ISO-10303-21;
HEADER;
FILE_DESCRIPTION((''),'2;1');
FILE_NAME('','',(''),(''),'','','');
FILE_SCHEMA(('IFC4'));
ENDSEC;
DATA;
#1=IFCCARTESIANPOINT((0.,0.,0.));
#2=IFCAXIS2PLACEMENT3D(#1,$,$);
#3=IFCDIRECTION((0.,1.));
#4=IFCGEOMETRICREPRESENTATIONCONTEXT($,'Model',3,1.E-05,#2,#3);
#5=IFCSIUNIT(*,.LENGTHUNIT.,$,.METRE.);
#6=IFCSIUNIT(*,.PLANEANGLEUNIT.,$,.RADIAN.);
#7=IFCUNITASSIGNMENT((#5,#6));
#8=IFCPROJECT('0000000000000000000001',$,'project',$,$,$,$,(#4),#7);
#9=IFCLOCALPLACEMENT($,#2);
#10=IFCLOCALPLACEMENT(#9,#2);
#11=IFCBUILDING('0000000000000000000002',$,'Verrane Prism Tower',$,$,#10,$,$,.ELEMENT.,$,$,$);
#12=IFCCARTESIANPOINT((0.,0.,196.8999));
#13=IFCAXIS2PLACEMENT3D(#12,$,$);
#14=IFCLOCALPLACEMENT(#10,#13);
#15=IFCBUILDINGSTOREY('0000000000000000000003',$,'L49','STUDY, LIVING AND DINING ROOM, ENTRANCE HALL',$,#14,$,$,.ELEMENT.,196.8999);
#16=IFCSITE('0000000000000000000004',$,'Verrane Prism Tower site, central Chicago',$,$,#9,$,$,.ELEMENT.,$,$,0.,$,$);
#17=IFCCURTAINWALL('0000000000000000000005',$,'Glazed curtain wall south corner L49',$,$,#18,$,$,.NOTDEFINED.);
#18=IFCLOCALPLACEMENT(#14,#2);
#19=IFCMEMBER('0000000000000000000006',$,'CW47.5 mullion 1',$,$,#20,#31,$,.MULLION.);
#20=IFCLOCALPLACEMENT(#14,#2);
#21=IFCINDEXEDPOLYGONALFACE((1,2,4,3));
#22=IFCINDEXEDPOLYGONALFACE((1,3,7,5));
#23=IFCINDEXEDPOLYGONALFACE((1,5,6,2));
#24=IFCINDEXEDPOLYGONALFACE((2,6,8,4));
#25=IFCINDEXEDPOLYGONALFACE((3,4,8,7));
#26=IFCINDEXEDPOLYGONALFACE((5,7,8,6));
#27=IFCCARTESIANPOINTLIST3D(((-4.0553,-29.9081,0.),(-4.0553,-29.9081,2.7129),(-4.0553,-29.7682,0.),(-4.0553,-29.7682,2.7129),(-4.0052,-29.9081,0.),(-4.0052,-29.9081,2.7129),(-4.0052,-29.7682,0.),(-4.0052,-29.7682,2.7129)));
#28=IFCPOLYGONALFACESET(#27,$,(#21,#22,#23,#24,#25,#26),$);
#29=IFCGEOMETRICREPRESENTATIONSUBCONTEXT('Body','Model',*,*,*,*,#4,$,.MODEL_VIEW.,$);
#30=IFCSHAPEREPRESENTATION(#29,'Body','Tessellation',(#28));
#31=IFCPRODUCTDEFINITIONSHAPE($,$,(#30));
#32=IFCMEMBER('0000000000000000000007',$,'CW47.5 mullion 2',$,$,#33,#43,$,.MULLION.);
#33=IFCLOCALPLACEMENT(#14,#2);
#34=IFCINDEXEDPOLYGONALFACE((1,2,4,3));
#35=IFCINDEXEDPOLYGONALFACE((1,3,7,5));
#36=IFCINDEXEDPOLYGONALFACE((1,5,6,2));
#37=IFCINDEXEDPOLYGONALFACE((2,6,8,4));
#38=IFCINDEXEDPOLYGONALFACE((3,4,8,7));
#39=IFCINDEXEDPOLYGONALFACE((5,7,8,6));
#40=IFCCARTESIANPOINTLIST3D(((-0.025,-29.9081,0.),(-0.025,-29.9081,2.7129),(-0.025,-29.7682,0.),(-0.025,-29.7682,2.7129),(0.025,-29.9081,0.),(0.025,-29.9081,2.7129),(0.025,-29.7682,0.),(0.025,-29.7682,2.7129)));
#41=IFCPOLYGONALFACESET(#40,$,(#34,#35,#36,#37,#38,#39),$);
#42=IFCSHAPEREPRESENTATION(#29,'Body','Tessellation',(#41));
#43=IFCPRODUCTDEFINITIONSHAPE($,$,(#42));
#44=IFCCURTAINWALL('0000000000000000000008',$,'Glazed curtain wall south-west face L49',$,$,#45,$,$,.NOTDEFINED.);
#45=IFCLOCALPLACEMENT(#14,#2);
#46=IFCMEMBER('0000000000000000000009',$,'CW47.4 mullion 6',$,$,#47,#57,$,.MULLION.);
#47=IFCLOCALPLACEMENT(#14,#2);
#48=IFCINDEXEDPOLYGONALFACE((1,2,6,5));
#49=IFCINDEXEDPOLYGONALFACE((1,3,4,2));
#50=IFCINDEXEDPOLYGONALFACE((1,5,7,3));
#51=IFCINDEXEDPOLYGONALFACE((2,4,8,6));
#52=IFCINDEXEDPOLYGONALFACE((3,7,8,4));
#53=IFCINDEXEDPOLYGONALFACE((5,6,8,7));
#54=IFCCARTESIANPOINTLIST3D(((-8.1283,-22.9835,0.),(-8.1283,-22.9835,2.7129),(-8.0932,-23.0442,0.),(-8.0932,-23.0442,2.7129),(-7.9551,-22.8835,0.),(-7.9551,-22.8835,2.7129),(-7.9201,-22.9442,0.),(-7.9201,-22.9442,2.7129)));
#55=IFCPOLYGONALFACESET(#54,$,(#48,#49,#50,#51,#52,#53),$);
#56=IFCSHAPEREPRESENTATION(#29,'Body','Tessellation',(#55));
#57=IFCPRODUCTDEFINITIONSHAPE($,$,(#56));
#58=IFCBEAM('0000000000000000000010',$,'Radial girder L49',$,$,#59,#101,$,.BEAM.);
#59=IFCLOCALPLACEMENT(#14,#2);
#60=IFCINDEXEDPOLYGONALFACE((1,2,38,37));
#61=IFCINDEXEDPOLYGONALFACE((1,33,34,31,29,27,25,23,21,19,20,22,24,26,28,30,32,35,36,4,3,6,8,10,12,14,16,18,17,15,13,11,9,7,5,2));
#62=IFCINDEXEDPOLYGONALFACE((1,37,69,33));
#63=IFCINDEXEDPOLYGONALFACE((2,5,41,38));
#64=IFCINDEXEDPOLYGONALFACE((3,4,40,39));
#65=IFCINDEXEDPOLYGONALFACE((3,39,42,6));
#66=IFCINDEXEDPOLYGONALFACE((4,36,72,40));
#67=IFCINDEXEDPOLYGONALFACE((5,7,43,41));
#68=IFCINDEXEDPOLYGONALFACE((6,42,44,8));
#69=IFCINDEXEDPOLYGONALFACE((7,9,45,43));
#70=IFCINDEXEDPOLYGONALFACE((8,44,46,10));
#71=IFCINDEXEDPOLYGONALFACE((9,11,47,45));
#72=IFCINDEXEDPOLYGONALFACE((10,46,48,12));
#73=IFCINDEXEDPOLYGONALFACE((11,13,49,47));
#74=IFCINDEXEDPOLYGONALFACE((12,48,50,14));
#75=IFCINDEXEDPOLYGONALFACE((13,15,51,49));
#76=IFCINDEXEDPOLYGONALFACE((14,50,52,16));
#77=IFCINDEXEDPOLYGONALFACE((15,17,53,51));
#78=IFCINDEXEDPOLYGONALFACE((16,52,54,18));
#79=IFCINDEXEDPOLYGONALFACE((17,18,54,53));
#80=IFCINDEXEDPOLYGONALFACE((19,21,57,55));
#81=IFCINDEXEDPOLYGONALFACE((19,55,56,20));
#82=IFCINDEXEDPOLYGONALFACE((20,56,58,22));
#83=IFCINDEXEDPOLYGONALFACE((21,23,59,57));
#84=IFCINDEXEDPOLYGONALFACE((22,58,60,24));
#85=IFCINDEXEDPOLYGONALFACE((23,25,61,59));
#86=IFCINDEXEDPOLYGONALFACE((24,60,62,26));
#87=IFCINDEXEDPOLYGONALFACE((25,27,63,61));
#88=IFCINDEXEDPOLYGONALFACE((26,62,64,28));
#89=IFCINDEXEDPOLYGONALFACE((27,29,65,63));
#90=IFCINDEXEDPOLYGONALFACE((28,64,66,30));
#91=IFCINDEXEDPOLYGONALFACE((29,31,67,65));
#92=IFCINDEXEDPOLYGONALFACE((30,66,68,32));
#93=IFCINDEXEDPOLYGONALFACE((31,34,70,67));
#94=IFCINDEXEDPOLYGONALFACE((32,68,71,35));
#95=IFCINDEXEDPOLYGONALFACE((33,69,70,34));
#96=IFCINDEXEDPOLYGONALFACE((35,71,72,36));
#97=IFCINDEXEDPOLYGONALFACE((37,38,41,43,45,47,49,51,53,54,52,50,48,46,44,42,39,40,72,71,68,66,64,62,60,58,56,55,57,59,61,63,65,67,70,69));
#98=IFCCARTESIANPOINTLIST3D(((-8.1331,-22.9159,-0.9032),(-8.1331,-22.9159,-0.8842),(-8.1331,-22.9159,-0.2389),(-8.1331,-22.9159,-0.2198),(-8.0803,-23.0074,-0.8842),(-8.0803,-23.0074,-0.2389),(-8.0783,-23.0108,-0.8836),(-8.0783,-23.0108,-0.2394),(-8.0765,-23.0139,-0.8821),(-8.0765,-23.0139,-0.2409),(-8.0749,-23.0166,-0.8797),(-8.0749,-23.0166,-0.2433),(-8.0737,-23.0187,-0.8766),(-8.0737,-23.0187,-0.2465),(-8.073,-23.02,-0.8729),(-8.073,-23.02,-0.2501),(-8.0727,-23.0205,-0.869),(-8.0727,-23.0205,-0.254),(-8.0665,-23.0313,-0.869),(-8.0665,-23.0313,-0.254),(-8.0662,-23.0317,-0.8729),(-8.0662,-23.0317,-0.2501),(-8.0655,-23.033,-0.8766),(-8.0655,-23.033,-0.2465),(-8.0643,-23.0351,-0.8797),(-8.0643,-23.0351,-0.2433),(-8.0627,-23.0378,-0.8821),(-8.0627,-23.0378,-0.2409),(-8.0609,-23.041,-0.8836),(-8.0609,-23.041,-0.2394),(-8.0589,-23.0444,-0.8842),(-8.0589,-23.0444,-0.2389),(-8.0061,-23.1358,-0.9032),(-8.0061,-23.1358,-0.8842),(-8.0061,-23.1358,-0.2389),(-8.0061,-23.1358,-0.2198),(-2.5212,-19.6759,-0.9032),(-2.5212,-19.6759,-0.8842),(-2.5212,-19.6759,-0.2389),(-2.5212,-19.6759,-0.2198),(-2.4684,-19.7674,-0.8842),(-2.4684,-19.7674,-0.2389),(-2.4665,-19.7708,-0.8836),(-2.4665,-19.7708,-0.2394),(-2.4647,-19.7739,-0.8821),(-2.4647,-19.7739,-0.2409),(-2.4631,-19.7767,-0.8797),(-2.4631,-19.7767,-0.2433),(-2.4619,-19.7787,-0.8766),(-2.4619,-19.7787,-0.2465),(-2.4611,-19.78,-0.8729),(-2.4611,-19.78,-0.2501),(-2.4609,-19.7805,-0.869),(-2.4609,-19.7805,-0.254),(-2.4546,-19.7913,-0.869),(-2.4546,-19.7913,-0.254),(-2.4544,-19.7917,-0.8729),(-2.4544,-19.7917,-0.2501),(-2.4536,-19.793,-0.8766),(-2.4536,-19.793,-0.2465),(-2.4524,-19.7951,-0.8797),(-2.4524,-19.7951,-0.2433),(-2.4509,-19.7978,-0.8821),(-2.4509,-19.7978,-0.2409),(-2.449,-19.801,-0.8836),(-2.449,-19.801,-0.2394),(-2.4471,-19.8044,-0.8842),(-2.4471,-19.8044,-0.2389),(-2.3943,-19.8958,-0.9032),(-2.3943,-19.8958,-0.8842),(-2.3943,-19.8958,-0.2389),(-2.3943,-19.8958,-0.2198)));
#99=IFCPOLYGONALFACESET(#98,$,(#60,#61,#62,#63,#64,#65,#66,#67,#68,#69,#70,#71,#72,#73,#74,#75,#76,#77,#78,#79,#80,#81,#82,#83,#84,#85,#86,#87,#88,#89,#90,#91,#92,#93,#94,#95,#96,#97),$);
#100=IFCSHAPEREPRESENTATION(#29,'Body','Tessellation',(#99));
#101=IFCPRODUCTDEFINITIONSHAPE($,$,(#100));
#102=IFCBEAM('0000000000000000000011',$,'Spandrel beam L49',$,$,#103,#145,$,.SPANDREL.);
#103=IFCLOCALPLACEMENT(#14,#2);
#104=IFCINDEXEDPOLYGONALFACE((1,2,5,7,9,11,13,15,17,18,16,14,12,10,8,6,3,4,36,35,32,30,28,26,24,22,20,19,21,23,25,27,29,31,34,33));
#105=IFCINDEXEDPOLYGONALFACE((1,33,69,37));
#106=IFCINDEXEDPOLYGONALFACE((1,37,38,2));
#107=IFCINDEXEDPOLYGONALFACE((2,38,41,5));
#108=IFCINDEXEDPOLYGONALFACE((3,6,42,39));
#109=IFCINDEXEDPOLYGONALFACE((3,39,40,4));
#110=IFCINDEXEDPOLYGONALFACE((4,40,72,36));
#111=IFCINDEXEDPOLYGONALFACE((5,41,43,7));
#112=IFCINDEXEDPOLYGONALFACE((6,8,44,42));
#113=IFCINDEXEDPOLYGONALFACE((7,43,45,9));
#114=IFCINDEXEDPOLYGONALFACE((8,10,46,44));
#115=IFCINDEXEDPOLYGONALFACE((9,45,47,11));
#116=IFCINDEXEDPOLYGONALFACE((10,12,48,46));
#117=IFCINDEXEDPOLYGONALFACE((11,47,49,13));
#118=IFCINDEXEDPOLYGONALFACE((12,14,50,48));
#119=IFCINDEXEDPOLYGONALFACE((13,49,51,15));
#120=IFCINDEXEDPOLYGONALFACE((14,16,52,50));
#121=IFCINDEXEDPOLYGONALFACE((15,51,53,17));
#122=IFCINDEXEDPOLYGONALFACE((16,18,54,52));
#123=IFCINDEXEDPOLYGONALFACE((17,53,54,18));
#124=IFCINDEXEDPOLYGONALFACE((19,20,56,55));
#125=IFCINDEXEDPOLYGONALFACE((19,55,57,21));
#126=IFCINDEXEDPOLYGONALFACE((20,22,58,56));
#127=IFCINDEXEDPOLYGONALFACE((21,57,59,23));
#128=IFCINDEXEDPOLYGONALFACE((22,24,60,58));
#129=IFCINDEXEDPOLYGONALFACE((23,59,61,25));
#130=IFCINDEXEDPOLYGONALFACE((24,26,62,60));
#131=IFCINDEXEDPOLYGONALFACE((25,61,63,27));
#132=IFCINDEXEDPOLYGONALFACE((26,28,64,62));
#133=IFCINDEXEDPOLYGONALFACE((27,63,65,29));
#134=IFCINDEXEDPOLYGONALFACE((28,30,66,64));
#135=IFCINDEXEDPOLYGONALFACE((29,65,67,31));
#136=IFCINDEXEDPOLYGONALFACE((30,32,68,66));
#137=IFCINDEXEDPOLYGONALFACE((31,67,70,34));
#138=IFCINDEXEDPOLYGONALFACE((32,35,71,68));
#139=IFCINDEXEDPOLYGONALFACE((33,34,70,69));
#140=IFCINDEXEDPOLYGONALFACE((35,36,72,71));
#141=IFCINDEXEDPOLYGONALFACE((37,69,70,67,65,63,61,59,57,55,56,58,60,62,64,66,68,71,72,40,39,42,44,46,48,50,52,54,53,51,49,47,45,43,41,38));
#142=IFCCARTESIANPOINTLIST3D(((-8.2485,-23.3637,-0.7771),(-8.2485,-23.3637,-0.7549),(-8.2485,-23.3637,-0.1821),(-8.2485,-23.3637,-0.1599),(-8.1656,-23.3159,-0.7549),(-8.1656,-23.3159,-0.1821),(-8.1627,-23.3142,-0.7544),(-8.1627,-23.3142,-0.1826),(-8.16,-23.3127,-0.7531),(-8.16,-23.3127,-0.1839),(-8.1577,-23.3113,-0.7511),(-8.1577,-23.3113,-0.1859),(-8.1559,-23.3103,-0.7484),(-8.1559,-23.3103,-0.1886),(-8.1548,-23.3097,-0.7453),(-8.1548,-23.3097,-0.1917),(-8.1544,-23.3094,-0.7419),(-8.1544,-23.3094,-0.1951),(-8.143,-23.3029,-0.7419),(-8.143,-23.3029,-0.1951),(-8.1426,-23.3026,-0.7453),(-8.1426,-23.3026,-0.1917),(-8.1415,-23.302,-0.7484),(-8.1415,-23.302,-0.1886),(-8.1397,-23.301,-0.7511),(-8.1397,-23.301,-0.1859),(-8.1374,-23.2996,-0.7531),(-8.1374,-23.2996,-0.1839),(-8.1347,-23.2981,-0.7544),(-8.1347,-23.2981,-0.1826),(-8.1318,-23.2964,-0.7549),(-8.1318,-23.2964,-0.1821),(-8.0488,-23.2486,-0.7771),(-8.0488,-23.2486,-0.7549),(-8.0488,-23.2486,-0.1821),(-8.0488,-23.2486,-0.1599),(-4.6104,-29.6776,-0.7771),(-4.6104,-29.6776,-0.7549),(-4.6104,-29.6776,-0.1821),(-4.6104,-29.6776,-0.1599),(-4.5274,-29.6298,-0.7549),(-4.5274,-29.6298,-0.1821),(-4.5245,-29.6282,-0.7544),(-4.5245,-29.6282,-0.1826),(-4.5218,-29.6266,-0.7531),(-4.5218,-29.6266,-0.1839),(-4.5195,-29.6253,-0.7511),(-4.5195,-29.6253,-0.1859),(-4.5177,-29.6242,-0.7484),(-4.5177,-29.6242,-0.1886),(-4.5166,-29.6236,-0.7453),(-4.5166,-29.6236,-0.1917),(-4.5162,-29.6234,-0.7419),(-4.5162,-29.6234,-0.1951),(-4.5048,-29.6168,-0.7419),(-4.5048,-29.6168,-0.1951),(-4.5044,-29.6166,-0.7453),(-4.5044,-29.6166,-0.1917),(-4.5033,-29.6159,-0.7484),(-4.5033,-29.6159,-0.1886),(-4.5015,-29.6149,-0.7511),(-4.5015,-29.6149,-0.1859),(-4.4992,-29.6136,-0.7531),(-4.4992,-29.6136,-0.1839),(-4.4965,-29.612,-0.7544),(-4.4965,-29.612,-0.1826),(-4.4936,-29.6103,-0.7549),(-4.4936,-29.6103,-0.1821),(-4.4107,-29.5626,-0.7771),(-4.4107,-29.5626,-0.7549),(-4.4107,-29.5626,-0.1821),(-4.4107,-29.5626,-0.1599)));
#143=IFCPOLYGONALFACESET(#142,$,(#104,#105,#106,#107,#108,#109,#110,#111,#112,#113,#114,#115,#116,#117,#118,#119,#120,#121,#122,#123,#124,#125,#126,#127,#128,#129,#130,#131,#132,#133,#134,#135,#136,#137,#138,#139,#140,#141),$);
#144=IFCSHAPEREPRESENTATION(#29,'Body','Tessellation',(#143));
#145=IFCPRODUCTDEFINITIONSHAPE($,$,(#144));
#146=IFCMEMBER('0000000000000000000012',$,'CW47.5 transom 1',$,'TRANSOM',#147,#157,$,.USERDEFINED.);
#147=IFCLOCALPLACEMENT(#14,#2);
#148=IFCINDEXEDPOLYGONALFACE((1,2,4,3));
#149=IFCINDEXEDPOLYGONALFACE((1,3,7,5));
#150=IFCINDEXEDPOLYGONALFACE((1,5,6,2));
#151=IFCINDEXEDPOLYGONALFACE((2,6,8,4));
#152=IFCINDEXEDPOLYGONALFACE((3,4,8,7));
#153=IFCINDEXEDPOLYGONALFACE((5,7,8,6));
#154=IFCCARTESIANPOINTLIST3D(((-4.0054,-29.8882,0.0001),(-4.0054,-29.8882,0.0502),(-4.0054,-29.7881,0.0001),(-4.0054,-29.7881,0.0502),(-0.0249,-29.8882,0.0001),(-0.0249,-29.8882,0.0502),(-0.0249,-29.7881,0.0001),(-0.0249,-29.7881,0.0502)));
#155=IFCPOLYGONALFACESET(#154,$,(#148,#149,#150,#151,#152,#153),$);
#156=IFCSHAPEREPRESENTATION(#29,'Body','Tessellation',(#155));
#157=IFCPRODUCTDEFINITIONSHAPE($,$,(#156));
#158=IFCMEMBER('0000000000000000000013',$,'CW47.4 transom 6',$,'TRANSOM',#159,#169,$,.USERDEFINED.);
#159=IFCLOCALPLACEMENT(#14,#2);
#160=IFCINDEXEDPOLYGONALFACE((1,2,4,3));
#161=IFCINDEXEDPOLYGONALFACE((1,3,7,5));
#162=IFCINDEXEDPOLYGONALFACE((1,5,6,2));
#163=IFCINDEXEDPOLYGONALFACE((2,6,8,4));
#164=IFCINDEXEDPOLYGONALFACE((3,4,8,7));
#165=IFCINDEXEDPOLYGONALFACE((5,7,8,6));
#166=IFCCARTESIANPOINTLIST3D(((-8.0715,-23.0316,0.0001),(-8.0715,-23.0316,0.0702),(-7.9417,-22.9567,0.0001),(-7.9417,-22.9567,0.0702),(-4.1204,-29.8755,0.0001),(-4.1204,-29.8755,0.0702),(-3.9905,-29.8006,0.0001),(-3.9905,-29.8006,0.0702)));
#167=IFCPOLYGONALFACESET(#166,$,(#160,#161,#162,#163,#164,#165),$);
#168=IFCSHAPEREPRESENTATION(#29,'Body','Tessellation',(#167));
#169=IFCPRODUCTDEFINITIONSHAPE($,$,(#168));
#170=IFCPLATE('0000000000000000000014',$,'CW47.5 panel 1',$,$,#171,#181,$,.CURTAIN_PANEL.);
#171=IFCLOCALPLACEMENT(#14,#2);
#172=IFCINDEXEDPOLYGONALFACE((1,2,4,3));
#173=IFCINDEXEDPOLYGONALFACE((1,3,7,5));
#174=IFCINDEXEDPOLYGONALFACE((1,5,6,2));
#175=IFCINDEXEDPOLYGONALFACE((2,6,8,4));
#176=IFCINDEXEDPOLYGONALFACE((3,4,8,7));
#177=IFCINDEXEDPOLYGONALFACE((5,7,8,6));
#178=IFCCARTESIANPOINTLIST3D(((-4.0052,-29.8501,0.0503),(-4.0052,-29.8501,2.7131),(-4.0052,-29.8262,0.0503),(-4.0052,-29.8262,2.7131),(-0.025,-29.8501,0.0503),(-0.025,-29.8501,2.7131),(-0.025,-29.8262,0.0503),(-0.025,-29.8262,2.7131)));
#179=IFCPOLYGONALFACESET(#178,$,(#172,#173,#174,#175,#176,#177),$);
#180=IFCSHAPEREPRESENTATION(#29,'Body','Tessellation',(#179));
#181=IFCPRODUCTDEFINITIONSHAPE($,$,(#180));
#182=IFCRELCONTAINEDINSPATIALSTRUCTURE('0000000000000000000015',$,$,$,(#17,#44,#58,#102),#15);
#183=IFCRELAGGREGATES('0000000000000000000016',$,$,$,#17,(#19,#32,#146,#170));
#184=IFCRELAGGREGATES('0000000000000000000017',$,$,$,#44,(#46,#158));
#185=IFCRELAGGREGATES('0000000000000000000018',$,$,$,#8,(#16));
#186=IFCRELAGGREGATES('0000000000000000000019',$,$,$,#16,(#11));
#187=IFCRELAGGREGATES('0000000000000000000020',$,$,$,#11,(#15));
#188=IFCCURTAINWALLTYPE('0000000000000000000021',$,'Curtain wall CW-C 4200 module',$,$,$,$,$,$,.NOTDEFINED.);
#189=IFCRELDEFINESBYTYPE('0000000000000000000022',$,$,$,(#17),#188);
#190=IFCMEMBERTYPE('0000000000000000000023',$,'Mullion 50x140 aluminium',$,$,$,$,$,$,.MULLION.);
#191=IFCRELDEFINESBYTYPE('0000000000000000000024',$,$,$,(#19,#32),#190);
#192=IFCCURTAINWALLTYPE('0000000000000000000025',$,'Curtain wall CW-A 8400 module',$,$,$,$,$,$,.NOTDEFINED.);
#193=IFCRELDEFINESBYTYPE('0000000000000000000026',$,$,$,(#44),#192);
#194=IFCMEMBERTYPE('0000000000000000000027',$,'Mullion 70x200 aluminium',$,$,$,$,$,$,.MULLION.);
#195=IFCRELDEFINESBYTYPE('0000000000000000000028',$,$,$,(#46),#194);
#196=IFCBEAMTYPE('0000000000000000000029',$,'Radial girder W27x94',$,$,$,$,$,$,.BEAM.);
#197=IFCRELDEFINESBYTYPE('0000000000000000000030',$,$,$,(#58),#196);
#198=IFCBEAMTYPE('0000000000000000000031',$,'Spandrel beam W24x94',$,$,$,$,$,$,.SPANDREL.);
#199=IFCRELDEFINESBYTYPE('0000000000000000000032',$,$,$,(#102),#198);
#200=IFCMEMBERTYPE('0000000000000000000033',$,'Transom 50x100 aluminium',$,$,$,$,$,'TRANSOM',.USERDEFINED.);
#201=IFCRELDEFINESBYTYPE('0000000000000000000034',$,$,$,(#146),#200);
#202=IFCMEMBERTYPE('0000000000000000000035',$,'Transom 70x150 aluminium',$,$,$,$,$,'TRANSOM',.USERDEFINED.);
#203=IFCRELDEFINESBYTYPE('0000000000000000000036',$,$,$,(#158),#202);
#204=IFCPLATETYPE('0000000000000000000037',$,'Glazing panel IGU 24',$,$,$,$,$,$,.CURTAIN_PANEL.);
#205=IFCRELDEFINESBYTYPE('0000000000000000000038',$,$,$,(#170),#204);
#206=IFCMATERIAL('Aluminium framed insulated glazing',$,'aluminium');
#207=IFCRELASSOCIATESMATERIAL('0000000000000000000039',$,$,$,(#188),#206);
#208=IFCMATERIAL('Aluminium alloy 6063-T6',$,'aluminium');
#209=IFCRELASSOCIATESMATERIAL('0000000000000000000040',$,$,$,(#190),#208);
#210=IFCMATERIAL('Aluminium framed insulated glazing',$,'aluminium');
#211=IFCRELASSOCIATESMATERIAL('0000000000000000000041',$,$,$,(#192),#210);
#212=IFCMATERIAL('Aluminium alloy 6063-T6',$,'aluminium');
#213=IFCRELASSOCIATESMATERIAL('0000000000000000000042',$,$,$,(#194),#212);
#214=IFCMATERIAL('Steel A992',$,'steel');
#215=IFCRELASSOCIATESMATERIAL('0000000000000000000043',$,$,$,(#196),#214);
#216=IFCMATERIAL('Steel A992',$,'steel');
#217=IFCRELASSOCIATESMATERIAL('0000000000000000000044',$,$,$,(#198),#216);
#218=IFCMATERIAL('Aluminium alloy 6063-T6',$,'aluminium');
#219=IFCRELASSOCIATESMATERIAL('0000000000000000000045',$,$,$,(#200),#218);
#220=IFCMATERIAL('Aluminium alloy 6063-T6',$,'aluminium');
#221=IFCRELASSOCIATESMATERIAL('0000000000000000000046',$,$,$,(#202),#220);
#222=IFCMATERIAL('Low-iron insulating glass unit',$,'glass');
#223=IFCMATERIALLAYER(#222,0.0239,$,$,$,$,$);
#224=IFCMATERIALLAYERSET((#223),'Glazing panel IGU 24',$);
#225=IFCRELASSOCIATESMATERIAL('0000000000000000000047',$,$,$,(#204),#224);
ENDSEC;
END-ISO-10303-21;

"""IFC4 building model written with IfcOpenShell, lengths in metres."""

from ifc_helpers import new_model, si_unit, direction, frame, origin, origin_2d, place, context, subcontext, project, spatial, rectangle, i_section, extrude, material, layer, layer_set, material_profile, profile_set, type_object, element, aggregate, save


model = new_model("IFC4")

# Units and contexts
model_context = context("Model", 3, precision=1e-05, world=origin(), true_north=direction((0.0, 1.0)))
body_context = subcontext(model_context, "Body", "Model", "MODEL_VIEW")
ifc_project = project(units=[si_unit("LENGTHUNIT", "METRE"), si_unit("PLANEANGLEUNIT", "RADIAN")], contexts=[model_context])

# Site, building, storey
site_placement = place(None, origin())
site = spatial("IfcSite", under=ifc_project, at=site_placement, Name="Verrane Prism Tower site, central Chicago", CompositionType="ELEMENT", RefElevation=0.0)
building_placement = place(site_placement, origin())
building = spatial("IfcBuilding", under=site, at=building_placement, Name="Verrane Prism Tower", CompositionType="ELEMENT")
storey_placement = place(building_placement, frame((0.0, 0.0, 196.8999)))
storey = spatial("IfcBuildingStorey", under=building, at=storey_placement, Name="L49", Description="STUDY, LIVING AND DINING ROOM, ENTRANCE HALL", CompositionType="ELEMENT", Elevation=196.8999)

# Curtain wall, members
ifc_material_1 = material(Name="Aluminium framed insulated glazing", Category="aluminium")
curtain_wall_type_1 = type_object("IfcCurtainWallType", Name="Curtain wall CW-C 4200 module", PredefinedType="NOTDEFINED", material=ifc_material_1)
curtain_wall_1_placement = place(storey_placement, origin())
curtain_wall_1 = element("IfcCurtainWall", 1, at=curtain_wall_1_placement, inside=storey, type_object=curtain_wall_type_1, Name="Glazed curtain wall south corner L49", PredefinedType="NOTDEFINED")
ifc_material_2 = material(Name="Aluminium alloy 6063-T6", Category="aluminium")
ifc_material_profile_1 = material_profile(ifc_material_2, rectangle(XDim=0.1399, YDim=0.05, at=origin_2d()), Name="Mullion 50x140 aluminium")
ifc_profile_set_1 = profile_set([ifc_material_profile_1], Name="Aluminium alloy 6063-T6")
member_type_1 = type_object("IfcMemberType", Name="Mullion 50x140 aluminium", PredefinedType="MULLION", material=ifc_profile_set_1)
member_1_placement = place(storey_placement, frame((-4.0303, -29.8381, 0.0), z_axis=(0.0, 0.0, 1.0), x_axis=(0.0, 1.0, 0.0)))
member_1 = element("IfcMember", 2, at=member_1_placement, type_object=member_type_1, Name="CW47.5 mullion 1", PredefinedType="MULLION", context=body_context, shape_type="SweptSolid", body=[
    extrude(rectangle(XDim=0.1399, YDim=0.05, at=origin_2d()), origin(), (0.0, 0.0, 1.0), 2.7129),
])
member_2_placement = place(storey_placement, frame((0.0, -29.8381, 0.0), z_axis=(0.0, 0.0, 1.0), x_axis=(0.0, 1.0, 0.0)))
member_2 = element("IfcMember", 3, at=member_2_placement, type_object=member_type_1, Name="CW47.5 mullion 2", PredefinedType="MULLION", context=body_context, shape_type="SweptSolid", body=[
    extrude(rectangle(XDim=0.1399, YDim=0.05, at=origin_2d()), origin(), (0.0, 0.0, 1.0), 2.7129),
])

# Curtain wall, member
ifc_material_3 = material(Name="Aluminium framed insulated glazing", Category="aluminium")
curtain_wall_type_2 = type_object("IfcCurtainWallType", Name="Curtain wall CW-A 8400 module", PredefinedType="NOTDEFINED", material=ifc_material_3)
curtain_wall_2_placement = place(storey_placement, origin())
curtain_wall_2 = element("IfcCurtainWall", 4, at=curtain_wall_2_placement, inside=storey, type_object=curtain_wall_type_2, Name="Glazed curtain wall south-west face L49", PredefinedType="NOTDEFINED")
ifc_material_4 = material(Name="Aluminium alloy 6063-T6", Category="aluminium")
ifc_material_profile_2 = material_profile(ifc_material_4, rectangle(XDim=0.2, YDim=0.0701, at=origin_2d()), Name="Mullion 70x200 aluminium")
ifc_profile_set_2 = profile_set([ifc_material_profile_2], Name="Aluminium alloy 6063-T6")
member_type_2 = type_object("IfcMemberType", Name="Mullion 70x200 aluminium", PredefinedType="MULLION", material=ifc_profile_set_2)
member_3_placement = place(storey_placement, frame((-8.0242, -22.9639, 0.0), z_axis=(0.0, 0.0, 1.0), x_axis=(0.866026, 0.5, 0.0)))
member_3 = element("IfcMember", 5, at=member_3_placement, type_object=member_type_2, Name="CW47.4 mullion 6", PredefinedType="MULLION", context=body_context, shape_type="SweptSolid", body=[
    extrude(rectangle(XDim=0.2, YDim=0.0701, at=origin_2d()), origin(), (0.0, 0.0, 1.0), 2.7129),
])

# Beams
ifc_material_5 = material(Name="Steel A992", Category="steel")
ifc_material_profile_3 = material_profile(ifc_material_5, i_section(OverallWidth=0.2539, OverallDepth=0.6833, WebThickness=0.0125, FlangeThickness=0.019, FilletRadius=0.0151, at=origin_2d()), Name="W27x94")
ifc_profile_set_3 = profile_set([ifc_material_profile_3], Name="Steel A992")
beam_type_1 = type_object("IfcBeamType", Name="Radial girder W27x94", PredefinedType="BEAM", material=ifc_profile_set_3)
beam_1_placement = place(storey_placement, frame((-8.0696, -23.0259, -0.5615), z_axis=(0.866025, 0.500001, 0.0), x_axis=(-0.500001, 0.866025, 0.0)))
element("IfcBeam", 6, at=beam_1_placement, inside=storey, type_object=beam_type_1, Name="Radial girder L49", PredefinedType="BEAM", context=body_context, shape_type="SweptSolid", body=[
    extrude(i_section(OverallWidth=0.2539, OverallDepth=0.6833, WebThickness=0.0125, FlangeThickness=0.019, FilletRadius=0.0151, at=origin_2d()), origin(), (0.0, 0.0, 1.0), 6.48),
])
ifc_material_6 = material(Name="Steel A992", Category="steel")
ifc_material_profile_4 = material_profile(ifc_material_6, i_section(OverallWidth=0.2305, OverallDepth=0.6172, WebThickness=0.0132, FlangeThickness=0.0222, FilletRadius=0.0129, at=origin_2d()), Name="W24x94")
ifc_profile_set_4 = profile_set([ifc_material_profile_4], Name="Steel A992")
beam_type_2 = type_object("IfcBeamType", Name="Spandrel beam W24x94", PredefinedType="SPANDREL", material=ifc_profile_set_4)
beam_2_placement = place(storey_placement, frame((-8.1487, -23.3062, -0.4685), z_axis=(0.49926, -0.866452, 0.0), x_axis=(0.866452, 0.49926, 0.0)))
element("IfcBeam", 7, at=beam_2_placement, inside=storey, type_object=beam_type_2, Name="Spandrel beam L49", PredefinedType="SPANDREL", context=body_context, shape_type="SweptSolid", body=[
    extrude(i_section(OverallWidth=0.2305, OverallDepth=0.6172, WebThickness=0.0132, FlangeThickness=0.0222, FilletRadius=0.0129, at=origin_2d()), origin(), (0.0, 0.0, 1.0), 7.2871),
])

# Members
ifc_material_7 = material(Name="Aluminium alloy 6063-T6", Category="aluminium")
ifc_material_profile_5 = material_profile(ifc_material_7, rectangle(XDim=0.1001, YDim=0.05, at=origin_2d()), Name="Transom 50x100 aluminium")
ifc_profile_set_5 = profile_set([ifc_material_profile_5], Name="Aluminium alloy 6063-T6")
member_type_3 = type_object("IfcMemberType", Name="Transom 50x100 aluminium", ElementType="TRANSOM", PredefinedType="USERDEFINED", material=ifc_profile_set_5)
member_4_placement = place(storey_placement, frame((-4.0054, -29.8381, 0.0251), z_axis=(1.0, 0.0, 0.0), x_axis=(0.0, 1.0, 0.0)))
member_4 = element("IfcMember", 8, at=member_4_placement, type_object=member_type_3, Name="CW47.5 transom 1", ObjectType="TRANSOM", PredefinedType="USERDEFINED", context=body_context, shape_type="SweptSolid", body=[
    extrude(rectangle(XDim=0.1001, YDim=0.05, at=origin_2d()), origin(), (0.0, 0.0, 1.0), 3.9805),
])
ifc_material_8 = material(Name="Aluminium alloy 6063-T6", Category="aluminium")
ifc_material_profile_6 = material_profile(ifc_material_8, rectangle(XDim=0.1499, YDim=0.0701, at=origin_2d()), Name="Transom 70x150 aluminium")
ifc_profile_set_6 = profile_set([ifc_material_profile_6], Name="Aluminium alloy 6063-T6")
member_type_4 = type_object("IfcMemberType", Name="Transom 70x150 aluminium", ElementType="TRANSOM", PredefinedType="USERDEFINED", material=ifc_profile_set_6)
member_5_placement = place(storey_placement, frame((-8.0066, -22.9941, 0.0352), z_axis=(0.49998, -0.866037, 0.0), x_axis=(0.866037, 0.49998, 0.0)))
member_5 = element("IfcMember", 9, at=member_5_placement, type_object=member_type_4, Name="CW47.4 transom 6", ObjectType="TRANSOM", PredefinedType="USERDEFINED", context=body_context, shape_type="SweptSolid", body=[
    extrude(rectangle(XDim=0.1499, YDim=0.0701, at=origin_2d()), origin(), (0.0, 0.0, 1.0), 7.9026),
])

# Plate
ifc_material_9 = material(Name="Low-iron insulating glass unit", Category="glass")
ifc_layer_1 = layer(ifc_material_9, 0.0239)
ifc_layer_set_1 = layer_set([ifc_layer_1], Name="Glazing panel IGU 24")
plate_type_1 = type_object("IfcPlateType", Name="Glazing panel IGU 24", PredefinedType="CURTAIN_PANEL", material=ifc_layer_set_1)
plate_1_placement = place(storey_placement, frame((-2.0151, -29.8381, 0.0503), z_axis=(0.0, 0.0, 1.0), x_axis=(1.0, 0.0, 0.0)))
plate_1 = element("IfcPlate", 10, at=plate_1_placement, type_object=plate_type_1, Name="CW47.5 panel 1", PredefinedType="CURTAIN_PANEL", context=body_context, shape_type="SweptSolid", body=[
    extrude(rectangle(XDim=3.9802, YDim=0.0239, at=origin_2d()), origin(), (0.0, 0.0, 1.0), 2.6628),
])
aggregate(curtain_wall_1, [member_1, member_2, member_4, plate_1])
aggregate(curtain_wall_2, [member_3, member_5])

save(model, "model.ifc")
